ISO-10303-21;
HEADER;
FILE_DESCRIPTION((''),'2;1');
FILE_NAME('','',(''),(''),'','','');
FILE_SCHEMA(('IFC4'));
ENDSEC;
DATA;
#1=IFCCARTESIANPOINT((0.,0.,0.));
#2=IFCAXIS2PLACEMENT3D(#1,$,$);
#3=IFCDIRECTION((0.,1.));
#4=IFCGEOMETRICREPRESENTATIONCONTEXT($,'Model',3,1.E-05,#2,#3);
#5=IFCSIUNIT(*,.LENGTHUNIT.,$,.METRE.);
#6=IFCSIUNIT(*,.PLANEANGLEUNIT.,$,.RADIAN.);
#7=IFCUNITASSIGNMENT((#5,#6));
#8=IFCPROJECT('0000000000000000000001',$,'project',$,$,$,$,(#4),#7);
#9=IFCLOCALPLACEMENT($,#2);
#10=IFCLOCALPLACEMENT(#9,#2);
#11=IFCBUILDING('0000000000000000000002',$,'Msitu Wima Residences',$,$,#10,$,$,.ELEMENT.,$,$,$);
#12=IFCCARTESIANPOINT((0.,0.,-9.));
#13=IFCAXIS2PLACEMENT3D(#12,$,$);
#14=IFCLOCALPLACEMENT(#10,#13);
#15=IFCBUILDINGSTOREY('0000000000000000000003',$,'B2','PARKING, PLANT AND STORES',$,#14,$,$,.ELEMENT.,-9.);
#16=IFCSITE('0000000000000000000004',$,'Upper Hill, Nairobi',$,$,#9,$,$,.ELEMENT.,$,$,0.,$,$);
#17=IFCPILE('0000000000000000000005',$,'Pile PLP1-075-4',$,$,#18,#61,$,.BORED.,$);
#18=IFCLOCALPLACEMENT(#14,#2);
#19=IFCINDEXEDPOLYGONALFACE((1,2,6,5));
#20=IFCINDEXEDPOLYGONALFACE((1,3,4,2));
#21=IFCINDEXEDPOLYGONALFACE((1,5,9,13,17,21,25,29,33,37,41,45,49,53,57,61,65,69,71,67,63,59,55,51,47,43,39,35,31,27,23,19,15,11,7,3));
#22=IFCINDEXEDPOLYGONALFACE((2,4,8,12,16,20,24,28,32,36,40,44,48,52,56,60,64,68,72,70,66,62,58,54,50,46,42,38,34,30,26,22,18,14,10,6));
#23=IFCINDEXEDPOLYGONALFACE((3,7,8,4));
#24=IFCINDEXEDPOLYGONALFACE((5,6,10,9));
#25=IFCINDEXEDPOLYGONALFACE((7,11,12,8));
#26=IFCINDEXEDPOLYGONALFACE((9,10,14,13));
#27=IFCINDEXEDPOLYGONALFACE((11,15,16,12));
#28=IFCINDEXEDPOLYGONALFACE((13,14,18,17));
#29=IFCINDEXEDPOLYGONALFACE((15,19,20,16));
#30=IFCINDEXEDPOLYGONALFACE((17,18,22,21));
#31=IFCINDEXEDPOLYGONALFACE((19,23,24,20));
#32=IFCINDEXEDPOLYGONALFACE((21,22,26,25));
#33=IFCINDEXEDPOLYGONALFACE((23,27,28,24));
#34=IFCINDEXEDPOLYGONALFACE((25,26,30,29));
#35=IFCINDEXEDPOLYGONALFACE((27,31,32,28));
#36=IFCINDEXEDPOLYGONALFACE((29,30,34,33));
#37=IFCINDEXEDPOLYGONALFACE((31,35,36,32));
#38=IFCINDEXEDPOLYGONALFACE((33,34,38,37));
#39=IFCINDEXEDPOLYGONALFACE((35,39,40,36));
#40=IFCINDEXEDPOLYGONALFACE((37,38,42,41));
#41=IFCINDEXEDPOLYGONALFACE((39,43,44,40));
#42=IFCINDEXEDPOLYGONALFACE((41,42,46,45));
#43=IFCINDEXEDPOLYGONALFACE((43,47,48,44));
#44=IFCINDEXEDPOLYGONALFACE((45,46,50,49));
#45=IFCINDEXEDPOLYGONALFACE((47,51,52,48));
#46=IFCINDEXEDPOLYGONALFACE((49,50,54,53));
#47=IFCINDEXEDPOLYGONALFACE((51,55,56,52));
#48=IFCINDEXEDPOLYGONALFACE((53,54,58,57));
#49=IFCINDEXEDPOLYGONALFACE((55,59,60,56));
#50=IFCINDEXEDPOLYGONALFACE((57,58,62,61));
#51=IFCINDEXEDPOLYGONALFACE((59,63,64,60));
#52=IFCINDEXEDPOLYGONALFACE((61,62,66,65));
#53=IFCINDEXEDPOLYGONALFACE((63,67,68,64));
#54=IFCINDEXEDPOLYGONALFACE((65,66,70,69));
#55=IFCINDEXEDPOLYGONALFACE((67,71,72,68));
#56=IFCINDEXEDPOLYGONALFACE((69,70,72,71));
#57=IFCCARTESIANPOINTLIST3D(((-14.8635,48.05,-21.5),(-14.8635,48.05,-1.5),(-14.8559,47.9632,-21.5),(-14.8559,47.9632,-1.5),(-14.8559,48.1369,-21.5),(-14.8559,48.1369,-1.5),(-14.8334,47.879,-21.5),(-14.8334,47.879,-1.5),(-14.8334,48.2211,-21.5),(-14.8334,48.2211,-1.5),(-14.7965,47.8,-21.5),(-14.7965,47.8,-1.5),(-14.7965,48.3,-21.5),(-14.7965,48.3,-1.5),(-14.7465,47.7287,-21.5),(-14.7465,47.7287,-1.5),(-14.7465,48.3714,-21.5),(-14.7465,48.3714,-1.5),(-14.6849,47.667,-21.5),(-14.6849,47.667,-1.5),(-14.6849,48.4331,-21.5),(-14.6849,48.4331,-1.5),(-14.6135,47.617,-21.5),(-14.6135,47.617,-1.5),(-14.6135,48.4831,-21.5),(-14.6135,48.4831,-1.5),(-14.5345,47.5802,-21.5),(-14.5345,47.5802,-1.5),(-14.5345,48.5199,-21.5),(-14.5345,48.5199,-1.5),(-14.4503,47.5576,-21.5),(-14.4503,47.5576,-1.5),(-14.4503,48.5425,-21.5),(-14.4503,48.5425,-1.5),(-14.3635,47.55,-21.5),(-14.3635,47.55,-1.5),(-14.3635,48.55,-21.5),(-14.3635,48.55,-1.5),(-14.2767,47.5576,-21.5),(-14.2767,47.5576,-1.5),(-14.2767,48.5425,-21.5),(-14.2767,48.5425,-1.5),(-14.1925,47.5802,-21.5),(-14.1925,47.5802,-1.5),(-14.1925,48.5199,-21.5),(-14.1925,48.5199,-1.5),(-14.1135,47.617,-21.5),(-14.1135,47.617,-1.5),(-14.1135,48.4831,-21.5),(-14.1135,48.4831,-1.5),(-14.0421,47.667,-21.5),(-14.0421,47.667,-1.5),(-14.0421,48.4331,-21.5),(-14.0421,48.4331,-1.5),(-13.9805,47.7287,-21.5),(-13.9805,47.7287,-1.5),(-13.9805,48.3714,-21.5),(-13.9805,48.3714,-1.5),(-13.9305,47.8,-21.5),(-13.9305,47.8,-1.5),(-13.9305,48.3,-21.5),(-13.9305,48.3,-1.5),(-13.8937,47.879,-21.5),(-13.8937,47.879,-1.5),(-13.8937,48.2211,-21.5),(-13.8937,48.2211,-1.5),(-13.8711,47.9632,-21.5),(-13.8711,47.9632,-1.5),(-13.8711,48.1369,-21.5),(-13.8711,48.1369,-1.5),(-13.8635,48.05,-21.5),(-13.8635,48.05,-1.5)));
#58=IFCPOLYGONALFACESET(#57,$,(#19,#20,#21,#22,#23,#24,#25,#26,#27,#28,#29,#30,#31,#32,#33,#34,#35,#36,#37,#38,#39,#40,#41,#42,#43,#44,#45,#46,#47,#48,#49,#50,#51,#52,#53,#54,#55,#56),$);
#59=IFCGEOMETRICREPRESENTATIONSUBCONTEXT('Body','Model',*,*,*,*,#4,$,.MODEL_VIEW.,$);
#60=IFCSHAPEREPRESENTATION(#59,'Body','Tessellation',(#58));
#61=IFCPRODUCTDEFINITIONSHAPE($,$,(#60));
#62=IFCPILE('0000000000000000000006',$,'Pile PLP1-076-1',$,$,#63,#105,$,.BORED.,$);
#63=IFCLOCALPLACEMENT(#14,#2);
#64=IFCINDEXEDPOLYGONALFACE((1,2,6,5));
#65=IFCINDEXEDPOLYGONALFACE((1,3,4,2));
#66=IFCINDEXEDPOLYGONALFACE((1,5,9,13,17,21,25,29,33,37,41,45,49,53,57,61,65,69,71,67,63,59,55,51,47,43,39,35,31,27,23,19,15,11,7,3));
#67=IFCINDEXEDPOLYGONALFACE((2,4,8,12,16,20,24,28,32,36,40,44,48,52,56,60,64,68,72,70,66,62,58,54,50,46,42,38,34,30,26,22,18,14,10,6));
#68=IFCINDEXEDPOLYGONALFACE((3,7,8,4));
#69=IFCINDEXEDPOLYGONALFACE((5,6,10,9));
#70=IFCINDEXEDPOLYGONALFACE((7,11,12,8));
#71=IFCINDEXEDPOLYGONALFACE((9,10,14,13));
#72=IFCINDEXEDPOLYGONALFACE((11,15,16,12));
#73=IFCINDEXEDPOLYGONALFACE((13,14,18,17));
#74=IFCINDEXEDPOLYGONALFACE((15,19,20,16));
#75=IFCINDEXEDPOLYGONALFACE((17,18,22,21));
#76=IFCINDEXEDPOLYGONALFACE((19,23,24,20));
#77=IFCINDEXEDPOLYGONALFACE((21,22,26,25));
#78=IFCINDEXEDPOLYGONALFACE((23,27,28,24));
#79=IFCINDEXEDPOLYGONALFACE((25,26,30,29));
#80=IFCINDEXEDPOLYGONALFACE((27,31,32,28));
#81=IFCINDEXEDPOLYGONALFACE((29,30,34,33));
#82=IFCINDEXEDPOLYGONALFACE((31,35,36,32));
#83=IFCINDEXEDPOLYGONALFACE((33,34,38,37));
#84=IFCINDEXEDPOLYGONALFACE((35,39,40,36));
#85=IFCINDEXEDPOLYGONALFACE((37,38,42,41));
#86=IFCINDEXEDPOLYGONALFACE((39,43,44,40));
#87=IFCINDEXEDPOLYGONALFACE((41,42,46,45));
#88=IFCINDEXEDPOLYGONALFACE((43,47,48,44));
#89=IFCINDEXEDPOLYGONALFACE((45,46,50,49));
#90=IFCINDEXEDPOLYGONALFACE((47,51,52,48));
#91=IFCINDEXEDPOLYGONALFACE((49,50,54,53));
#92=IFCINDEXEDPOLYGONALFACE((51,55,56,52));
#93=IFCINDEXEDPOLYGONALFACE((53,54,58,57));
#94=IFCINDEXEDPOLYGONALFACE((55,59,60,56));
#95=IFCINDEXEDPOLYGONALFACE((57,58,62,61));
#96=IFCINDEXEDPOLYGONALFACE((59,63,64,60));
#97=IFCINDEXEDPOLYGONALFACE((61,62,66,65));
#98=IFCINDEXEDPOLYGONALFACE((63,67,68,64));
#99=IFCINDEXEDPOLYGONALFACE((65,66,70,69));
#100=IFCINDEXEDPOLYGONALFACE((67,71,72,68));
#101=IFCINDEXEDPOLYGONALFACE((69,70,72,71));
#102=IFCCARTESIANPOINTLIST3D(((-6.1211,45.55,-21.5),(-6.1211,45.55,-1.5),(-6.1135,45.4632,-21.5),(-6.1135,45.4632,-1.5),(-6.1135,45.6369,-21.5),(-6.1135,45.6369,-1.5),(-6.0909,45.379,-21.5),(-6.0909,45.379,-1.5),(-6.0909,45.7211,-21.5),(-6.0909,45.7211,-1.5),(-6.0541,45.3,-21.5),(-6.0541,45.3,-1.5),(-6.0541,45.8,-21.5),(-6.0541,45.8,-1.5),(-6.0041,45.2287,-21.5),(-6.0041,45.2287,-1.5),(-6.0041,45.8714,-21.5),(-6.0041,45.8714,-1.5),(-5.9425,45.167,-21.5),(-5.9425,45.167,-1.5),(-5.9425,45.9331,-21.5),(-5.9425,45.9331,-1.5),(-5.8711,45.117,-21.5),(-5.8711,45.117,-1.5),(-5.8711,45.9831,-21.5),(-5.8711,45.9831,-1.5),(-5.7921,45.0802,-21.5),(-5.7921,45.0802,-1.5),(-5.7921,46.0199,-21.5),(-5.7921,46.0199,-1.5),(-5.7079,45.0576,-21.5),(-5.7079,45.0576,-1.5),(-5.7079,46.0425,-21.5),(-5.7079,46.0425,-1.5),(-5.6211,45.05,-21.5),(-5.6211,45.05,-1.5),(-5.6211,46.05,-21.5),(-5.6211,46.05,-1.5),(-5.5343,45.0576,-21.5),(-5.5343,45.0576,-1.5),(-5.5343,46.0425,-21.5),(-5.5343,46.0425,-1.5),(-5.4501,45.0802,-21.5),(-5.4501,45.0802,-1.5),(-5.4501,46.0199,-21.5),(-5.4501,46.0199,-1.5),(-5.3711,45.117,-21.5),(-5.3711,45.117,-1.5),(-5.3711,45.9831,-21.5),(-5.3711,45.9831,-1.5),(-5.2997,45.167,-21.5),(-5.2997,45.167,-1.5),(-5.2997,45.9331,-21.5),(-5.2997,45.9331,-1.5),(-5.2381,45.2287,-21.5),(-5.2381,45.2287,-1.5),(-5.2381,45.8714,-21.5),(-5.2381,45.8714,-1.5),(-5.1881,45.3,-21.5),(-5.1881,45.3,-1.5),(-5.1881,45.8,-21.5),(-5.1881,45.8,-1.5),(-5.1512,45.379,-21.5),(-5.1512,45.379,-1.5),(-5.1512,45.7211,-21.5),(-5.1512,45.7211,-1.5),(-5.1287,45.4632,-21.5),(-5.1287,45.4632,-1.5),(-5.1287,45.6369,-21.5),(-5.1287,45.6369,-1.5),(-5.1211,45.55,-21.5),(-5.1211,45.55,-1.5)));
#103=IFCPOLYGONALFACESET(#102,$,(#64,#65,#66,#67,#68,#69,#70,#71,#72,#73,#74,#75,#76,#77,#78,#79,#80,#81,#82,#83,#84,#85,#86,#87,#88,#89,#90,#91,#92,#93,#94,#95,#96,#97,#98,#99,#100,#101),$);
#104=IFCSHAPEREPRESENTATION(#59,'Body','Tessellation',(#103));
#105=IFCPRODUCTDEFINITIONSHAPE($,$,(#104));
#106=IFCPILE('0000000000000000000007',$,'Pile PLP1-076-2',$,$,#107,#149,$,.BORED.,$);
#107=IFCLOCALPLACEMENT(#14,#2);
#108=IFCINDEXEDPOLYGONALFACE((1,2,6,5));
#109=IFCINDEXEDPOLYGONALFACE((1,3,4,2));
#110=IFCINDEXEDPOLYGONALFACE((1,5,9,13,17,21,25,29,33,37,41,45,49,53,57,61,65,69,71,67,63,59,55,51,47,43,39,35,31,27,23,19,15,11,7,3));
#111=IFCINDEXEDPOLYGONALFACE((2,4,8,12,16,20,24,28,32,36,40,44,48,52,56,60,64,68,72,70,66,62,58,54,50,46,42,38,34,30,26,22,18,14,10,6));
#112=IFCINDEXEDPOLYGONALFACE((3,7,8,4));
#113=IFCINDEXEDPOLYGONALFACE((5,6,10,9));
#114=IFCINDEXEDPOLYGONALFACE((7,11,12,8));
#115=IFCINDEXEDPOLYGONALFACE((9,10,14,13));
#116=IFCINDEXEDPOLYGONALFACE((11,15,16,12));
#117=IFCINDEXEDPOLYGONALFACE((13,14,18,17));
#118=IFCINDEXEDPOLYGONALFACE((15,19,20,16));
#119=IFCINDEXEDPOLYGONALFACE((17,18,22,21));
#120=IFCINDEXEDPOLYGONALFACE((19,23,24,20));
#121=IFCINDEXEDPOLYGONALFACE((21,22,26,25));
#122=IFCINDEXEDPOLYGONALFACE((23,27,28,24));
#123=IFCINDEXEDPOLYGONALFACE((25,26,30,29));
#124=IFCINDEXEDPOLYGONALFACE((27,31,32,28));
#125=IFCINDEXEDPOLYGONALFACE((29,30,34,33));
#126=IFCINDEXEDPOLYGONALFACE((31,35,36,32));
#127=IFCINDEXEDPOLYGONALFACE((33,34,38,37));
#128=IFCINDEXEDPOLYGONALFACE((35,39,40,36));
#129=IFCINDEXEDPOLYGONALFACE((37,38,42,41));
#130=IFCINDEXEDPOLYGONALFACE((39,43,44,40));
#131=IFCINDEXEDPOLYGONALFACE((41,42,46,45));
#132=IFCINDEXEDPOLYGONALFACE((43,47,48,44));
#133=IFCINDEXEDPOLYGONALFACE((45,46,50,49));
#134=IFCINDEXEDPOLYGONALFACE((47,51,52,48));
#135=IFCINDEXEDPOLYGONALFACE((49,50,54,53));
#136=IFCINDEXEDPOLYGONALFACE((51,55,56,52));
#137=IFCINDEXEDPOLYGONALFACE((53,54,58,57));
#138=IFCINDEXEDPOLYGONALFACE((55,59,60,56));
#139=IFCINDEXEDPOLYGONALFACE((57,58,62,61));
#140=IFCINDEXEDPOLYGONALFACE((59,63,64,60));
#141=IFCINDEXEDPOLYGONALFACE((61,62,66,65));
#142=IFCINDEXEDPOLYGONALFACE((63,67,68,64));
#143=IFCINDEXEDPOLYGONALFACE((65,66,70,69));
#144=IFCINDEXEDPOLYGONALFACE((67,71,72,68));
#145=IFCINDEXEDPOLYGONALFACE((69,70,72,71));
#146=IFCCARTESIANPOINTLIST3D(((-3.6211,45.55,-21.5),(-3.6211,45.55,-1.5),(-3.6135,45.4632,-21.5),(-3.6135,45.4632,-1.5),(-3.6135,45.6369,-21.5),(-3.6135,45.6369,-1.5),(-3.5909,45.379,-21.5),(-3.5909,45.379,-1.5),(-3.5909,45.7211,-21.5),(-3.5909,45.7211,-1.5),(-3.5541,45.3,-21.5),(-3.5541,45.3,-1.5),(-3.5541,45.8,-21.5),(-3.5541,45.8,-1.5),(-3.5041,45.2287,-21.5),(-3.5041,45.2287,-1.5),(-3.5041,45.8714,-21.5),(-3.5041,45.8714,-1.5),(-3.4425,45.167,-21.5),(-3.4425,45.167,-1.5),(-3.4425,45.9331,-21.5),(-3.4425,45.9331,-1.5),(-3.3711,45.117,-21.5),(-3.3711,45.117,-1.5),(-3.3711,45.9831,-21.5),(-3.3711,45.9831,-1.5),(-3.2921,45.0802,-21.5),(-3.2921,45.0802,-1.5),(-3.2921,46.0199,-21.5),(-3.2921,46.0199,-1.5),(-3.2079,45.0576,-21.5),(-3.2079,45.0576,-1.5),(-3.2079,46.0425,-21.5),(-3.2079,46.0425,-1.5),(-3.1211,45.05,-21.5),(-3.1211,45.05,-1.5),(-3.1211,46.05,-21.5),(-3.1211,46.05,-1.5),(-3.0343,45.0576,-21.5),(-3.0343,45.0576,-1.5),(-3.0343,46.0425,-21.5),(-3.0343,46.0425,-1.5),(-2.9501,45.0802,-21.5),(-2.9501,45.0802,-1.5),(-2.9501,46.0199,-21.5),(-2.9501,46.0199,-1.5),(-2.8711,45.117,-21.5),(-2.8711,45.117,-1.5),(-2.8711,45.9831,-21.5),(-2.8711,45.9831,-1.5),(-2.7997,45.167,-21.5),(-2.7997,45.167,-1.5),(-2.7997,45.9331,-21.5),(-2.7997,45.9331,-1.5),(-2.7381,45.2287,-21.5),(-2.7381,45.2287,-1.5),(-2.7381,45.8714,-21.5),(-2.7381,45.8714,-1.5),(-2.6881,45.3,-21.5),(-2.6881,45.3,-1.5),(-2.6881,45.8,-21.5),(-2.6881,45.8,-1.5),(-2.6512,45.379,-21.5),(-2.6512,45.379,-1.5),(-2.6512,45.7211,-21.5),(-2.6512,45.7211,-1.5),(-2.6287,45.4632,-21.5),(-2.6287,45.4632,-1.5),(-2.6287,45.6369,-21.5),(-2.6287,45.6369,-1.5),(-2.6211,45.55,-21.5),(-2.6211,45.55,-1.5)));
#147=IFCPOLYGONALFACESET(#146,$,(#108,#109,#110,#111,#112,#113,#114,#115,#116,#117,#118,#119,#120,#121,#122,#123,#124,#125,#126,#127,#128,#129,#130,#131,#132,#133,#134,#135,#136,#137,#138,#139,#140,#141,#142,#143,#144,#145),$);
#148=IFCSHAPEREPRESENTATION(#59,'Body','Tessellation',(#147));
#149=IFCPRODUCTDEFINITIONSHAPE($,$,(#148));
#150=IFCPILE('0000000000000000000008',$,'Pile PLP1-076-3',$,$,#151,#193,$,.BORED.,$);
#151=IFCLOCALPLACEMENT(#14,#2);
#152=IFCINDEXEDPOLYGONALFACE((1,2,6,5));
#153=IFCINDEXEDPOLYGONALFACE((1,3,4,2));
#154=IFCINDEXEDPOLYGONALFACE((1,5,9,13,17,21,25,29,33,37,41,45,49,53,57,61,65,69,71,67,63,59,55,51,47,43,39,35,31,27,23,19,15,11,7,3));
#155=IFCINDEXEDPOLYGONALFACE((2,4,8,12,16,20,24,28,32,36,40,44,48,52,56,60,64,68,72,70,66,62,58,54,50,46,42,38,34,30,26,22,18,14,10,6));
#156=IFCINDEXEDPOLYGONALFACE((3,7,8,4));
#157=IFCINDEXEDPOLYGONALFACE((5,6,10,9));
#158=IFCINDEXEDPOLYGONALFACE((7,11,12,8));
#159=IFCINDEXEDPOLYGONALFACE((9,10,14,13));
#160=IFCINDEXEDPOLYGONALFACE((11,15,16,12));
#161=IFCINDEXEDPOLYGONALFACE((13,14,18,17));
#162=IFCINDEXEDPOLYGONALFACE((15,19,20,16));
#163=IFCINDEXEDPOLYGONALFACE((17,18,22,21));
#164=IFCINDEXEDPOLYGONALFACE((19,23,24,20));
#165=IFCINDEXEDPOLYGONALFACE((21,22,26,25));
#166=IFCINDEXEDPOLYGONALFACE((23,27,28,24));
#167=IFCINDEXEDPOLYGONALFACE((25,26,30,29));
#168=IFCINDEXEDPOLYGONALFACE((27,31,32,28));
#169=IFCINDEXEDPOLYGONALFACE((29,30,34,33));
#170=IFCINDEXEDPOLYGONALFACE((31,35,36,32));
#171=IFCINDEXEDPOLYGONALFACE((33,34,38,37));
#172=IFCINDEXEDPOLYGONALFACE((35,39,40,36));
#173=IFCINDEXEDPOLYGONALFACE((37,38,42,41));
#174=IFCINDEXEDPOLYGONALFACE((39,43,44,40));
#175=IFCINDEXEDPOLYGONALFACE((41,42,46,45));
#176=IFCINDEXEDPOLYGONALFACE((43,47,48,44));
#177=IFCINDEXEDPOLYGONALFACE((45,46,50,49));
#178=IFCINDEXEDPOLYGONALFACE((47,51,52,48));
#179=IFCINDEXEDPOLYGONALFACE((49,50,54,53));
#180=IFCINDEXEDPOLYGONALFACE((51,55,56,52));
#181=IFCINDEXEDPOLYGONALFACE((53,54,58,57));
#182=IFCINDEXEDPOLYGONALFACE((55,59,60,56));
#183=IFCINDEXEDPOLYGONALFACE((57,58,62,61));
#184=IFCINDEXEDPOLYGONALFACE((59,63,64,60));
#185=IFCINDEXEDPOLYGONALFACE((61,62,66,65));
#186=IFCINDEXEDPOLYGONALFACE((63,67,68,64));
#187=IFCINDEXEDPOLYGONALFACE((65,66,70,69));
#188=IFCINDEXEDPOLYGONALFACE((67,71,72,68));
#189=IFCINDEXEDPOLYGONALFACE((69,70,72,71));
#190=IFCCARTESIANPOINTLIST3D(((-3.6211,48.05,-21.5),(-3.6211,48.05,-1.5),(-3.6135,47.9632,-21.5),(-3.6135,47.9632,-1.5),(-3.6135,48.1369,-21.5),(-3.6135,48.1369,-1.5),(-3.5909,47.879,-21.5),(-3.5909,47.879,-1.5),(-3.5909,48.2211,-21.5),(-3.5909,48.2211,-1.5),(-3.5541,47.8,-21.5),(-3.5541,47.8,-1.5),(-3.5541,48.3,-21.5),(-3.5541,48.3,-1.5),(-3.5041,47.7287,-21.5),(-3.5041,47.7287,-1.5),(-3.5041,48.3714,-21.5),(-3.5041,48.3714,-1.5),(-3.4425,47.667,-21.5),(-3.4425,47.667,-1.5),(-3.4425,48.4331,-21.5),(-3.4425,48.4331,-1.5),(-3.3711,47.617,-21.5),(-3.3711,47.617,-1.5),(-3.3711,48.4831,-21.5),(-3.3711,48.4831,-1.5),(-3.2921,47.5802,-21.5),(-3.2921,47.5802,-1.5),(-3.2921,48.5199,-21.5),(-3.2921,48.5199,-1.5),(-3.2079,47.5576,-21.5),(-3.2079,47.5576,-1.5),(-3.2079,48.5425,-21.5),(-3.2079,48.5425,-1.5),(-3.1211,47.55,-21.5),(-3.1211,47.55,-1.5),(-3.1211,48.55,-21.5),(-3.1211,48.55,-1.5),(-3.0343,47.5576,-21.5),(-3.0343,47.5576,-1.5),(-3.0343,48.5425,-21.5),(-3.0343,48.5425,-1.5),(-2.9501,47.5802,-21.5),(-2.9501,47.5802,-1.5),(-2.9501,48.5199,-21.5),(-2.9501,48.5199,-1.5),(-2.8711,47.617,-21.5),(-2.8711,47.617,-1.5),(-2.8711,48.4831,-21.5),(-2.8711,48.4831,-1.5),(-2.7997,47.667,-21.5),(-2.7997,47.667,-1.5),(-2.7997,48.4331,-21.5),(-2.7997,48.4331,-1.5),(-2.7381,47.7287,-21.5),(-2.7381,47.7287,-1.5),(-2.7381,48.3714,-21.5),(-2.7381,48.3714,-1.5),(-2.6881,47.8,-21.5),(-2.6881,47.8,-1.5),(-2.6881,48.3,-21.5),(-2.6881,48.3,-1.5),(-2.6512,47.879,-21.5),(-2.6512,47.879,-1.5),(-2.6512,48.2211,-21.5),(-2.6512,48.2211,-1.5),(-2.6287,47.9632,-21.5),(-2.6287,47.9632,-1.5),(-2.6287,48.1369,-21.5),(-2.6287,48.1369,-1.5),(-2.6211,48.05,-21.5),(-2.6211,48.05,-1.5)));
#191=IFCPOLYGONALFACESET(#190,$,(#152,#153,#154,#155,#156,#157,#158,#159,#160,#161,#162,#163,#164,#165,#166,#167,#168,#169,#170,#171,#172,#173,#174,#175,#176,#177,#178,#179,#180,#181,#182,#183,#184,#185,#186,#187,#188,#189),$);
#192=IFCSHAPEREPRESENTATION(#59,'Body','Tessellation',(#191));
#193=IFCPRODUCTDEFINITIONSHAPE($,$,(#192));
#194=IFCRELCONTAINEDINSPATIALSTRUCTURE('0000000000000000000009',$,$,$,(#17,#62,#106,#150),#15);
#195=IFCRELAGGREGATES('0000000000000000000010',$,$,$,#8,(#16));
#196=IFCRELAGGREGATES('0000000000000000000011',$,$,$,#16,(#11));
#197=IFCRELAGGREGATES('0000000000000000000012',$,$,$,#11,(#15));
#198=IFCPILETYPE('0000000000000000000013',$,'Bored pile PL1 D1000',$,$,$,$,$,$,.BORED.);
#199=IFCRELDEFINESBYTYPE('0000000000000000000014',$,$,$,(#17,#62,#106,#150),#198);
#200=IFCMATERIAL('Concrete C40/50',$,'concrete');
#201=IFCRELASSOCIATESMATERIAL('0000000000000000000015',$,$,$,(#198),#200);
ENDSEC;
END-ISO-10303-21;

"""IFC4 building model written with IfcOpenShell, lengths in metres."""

from ifc_helpers import new_model, si_unit, direction, frame, origin, origin_2d, place, context, subcontext, project, spatial, circle, extrude, material, type_object, element, save


model = new_model("IFC4")

# Units and contexts
model_context = context("Model", 3, precision=1e-05, world=origin(), true_north=direction((0.0, 1.0)))
body_context = subcontext(model_context, "Body", "Model", "MODEL_VIEW")
ifc_project = project(units=[si_unit("LENGTHUNIT", "METRE"), si_unit("PLANEANGLEUNIT", "RADIAN")], contexts=[model_context])

# Site, building, storey
site_placement = place(None, origin())
site = spatial("IfcSite", under=ifc_project, at=site_placement, Name="Upper Hill, Nairobi", CompositionType="ELEMENT", RefElevation=0.0)
building_placement = place(site_placement, origin())
building = spatial("IfcBuilding", under=site, at=building_placement, Name="Msitu Wima Residences", CompositionType="ELEMENT")
storey_placement = place(building_placement, frame((0.0, 0.0, -9.0)))
storey = spatial("IfcBuildingStorey", under=building, at=storey_placement, Name="B2", Description="PARKING, PLANT AND STORES", CompositionType="ELEMENT", Elevation=-9.0)

# Piles
ifc_material_1 = material(Name="Concrete C40/50", Category="concrete")
pile_type_1 = type_object("IfcPileType", Name="Bored pile PL1 D1000", PredefinedType="BORED", material=ifc_material_1)
for number, where, z_axis, x_axis, name in (
    (1, (-14.3635, 48.05, -1.5), (0.0, 0.0, -1.0), (1.0, 0.0, 0.0), "Pile PLP1-075-4"),
    (2, (-5.6211, 45.55, -1.5), (0.0, 0.0, -1.0), (1.0, 0.0, 0.0), "Pile PLP1-076-1"),
    (3, (-3.1211, 45.55, -1.5), (0.0, 0.0, -1.0), (1.0, 0.0, 0.0), "Pile PLP1-076-2"),
    (4, (-3.1211, 48.05, -1.5), (0.0, 0.0, -1.0), (1.0, 0.0, 0.0), "Pile PLP1-076-3"),
):
    element("IfcPile", number, at=place(storey_placement, frame(where, z_axis=z_axis, x_axis=x_axis)), inside=storey, type_object=pile_type_1, Name=name, PredefinedType="BORED", context=body_context, shape_type="SweptSolid", body=[
        extrude(circle(Radius=0.5, at=origin_2d()), origin(), (0.0, 0.0, 1.0), 20.0),
    ])

save(model, "model.ifc")
